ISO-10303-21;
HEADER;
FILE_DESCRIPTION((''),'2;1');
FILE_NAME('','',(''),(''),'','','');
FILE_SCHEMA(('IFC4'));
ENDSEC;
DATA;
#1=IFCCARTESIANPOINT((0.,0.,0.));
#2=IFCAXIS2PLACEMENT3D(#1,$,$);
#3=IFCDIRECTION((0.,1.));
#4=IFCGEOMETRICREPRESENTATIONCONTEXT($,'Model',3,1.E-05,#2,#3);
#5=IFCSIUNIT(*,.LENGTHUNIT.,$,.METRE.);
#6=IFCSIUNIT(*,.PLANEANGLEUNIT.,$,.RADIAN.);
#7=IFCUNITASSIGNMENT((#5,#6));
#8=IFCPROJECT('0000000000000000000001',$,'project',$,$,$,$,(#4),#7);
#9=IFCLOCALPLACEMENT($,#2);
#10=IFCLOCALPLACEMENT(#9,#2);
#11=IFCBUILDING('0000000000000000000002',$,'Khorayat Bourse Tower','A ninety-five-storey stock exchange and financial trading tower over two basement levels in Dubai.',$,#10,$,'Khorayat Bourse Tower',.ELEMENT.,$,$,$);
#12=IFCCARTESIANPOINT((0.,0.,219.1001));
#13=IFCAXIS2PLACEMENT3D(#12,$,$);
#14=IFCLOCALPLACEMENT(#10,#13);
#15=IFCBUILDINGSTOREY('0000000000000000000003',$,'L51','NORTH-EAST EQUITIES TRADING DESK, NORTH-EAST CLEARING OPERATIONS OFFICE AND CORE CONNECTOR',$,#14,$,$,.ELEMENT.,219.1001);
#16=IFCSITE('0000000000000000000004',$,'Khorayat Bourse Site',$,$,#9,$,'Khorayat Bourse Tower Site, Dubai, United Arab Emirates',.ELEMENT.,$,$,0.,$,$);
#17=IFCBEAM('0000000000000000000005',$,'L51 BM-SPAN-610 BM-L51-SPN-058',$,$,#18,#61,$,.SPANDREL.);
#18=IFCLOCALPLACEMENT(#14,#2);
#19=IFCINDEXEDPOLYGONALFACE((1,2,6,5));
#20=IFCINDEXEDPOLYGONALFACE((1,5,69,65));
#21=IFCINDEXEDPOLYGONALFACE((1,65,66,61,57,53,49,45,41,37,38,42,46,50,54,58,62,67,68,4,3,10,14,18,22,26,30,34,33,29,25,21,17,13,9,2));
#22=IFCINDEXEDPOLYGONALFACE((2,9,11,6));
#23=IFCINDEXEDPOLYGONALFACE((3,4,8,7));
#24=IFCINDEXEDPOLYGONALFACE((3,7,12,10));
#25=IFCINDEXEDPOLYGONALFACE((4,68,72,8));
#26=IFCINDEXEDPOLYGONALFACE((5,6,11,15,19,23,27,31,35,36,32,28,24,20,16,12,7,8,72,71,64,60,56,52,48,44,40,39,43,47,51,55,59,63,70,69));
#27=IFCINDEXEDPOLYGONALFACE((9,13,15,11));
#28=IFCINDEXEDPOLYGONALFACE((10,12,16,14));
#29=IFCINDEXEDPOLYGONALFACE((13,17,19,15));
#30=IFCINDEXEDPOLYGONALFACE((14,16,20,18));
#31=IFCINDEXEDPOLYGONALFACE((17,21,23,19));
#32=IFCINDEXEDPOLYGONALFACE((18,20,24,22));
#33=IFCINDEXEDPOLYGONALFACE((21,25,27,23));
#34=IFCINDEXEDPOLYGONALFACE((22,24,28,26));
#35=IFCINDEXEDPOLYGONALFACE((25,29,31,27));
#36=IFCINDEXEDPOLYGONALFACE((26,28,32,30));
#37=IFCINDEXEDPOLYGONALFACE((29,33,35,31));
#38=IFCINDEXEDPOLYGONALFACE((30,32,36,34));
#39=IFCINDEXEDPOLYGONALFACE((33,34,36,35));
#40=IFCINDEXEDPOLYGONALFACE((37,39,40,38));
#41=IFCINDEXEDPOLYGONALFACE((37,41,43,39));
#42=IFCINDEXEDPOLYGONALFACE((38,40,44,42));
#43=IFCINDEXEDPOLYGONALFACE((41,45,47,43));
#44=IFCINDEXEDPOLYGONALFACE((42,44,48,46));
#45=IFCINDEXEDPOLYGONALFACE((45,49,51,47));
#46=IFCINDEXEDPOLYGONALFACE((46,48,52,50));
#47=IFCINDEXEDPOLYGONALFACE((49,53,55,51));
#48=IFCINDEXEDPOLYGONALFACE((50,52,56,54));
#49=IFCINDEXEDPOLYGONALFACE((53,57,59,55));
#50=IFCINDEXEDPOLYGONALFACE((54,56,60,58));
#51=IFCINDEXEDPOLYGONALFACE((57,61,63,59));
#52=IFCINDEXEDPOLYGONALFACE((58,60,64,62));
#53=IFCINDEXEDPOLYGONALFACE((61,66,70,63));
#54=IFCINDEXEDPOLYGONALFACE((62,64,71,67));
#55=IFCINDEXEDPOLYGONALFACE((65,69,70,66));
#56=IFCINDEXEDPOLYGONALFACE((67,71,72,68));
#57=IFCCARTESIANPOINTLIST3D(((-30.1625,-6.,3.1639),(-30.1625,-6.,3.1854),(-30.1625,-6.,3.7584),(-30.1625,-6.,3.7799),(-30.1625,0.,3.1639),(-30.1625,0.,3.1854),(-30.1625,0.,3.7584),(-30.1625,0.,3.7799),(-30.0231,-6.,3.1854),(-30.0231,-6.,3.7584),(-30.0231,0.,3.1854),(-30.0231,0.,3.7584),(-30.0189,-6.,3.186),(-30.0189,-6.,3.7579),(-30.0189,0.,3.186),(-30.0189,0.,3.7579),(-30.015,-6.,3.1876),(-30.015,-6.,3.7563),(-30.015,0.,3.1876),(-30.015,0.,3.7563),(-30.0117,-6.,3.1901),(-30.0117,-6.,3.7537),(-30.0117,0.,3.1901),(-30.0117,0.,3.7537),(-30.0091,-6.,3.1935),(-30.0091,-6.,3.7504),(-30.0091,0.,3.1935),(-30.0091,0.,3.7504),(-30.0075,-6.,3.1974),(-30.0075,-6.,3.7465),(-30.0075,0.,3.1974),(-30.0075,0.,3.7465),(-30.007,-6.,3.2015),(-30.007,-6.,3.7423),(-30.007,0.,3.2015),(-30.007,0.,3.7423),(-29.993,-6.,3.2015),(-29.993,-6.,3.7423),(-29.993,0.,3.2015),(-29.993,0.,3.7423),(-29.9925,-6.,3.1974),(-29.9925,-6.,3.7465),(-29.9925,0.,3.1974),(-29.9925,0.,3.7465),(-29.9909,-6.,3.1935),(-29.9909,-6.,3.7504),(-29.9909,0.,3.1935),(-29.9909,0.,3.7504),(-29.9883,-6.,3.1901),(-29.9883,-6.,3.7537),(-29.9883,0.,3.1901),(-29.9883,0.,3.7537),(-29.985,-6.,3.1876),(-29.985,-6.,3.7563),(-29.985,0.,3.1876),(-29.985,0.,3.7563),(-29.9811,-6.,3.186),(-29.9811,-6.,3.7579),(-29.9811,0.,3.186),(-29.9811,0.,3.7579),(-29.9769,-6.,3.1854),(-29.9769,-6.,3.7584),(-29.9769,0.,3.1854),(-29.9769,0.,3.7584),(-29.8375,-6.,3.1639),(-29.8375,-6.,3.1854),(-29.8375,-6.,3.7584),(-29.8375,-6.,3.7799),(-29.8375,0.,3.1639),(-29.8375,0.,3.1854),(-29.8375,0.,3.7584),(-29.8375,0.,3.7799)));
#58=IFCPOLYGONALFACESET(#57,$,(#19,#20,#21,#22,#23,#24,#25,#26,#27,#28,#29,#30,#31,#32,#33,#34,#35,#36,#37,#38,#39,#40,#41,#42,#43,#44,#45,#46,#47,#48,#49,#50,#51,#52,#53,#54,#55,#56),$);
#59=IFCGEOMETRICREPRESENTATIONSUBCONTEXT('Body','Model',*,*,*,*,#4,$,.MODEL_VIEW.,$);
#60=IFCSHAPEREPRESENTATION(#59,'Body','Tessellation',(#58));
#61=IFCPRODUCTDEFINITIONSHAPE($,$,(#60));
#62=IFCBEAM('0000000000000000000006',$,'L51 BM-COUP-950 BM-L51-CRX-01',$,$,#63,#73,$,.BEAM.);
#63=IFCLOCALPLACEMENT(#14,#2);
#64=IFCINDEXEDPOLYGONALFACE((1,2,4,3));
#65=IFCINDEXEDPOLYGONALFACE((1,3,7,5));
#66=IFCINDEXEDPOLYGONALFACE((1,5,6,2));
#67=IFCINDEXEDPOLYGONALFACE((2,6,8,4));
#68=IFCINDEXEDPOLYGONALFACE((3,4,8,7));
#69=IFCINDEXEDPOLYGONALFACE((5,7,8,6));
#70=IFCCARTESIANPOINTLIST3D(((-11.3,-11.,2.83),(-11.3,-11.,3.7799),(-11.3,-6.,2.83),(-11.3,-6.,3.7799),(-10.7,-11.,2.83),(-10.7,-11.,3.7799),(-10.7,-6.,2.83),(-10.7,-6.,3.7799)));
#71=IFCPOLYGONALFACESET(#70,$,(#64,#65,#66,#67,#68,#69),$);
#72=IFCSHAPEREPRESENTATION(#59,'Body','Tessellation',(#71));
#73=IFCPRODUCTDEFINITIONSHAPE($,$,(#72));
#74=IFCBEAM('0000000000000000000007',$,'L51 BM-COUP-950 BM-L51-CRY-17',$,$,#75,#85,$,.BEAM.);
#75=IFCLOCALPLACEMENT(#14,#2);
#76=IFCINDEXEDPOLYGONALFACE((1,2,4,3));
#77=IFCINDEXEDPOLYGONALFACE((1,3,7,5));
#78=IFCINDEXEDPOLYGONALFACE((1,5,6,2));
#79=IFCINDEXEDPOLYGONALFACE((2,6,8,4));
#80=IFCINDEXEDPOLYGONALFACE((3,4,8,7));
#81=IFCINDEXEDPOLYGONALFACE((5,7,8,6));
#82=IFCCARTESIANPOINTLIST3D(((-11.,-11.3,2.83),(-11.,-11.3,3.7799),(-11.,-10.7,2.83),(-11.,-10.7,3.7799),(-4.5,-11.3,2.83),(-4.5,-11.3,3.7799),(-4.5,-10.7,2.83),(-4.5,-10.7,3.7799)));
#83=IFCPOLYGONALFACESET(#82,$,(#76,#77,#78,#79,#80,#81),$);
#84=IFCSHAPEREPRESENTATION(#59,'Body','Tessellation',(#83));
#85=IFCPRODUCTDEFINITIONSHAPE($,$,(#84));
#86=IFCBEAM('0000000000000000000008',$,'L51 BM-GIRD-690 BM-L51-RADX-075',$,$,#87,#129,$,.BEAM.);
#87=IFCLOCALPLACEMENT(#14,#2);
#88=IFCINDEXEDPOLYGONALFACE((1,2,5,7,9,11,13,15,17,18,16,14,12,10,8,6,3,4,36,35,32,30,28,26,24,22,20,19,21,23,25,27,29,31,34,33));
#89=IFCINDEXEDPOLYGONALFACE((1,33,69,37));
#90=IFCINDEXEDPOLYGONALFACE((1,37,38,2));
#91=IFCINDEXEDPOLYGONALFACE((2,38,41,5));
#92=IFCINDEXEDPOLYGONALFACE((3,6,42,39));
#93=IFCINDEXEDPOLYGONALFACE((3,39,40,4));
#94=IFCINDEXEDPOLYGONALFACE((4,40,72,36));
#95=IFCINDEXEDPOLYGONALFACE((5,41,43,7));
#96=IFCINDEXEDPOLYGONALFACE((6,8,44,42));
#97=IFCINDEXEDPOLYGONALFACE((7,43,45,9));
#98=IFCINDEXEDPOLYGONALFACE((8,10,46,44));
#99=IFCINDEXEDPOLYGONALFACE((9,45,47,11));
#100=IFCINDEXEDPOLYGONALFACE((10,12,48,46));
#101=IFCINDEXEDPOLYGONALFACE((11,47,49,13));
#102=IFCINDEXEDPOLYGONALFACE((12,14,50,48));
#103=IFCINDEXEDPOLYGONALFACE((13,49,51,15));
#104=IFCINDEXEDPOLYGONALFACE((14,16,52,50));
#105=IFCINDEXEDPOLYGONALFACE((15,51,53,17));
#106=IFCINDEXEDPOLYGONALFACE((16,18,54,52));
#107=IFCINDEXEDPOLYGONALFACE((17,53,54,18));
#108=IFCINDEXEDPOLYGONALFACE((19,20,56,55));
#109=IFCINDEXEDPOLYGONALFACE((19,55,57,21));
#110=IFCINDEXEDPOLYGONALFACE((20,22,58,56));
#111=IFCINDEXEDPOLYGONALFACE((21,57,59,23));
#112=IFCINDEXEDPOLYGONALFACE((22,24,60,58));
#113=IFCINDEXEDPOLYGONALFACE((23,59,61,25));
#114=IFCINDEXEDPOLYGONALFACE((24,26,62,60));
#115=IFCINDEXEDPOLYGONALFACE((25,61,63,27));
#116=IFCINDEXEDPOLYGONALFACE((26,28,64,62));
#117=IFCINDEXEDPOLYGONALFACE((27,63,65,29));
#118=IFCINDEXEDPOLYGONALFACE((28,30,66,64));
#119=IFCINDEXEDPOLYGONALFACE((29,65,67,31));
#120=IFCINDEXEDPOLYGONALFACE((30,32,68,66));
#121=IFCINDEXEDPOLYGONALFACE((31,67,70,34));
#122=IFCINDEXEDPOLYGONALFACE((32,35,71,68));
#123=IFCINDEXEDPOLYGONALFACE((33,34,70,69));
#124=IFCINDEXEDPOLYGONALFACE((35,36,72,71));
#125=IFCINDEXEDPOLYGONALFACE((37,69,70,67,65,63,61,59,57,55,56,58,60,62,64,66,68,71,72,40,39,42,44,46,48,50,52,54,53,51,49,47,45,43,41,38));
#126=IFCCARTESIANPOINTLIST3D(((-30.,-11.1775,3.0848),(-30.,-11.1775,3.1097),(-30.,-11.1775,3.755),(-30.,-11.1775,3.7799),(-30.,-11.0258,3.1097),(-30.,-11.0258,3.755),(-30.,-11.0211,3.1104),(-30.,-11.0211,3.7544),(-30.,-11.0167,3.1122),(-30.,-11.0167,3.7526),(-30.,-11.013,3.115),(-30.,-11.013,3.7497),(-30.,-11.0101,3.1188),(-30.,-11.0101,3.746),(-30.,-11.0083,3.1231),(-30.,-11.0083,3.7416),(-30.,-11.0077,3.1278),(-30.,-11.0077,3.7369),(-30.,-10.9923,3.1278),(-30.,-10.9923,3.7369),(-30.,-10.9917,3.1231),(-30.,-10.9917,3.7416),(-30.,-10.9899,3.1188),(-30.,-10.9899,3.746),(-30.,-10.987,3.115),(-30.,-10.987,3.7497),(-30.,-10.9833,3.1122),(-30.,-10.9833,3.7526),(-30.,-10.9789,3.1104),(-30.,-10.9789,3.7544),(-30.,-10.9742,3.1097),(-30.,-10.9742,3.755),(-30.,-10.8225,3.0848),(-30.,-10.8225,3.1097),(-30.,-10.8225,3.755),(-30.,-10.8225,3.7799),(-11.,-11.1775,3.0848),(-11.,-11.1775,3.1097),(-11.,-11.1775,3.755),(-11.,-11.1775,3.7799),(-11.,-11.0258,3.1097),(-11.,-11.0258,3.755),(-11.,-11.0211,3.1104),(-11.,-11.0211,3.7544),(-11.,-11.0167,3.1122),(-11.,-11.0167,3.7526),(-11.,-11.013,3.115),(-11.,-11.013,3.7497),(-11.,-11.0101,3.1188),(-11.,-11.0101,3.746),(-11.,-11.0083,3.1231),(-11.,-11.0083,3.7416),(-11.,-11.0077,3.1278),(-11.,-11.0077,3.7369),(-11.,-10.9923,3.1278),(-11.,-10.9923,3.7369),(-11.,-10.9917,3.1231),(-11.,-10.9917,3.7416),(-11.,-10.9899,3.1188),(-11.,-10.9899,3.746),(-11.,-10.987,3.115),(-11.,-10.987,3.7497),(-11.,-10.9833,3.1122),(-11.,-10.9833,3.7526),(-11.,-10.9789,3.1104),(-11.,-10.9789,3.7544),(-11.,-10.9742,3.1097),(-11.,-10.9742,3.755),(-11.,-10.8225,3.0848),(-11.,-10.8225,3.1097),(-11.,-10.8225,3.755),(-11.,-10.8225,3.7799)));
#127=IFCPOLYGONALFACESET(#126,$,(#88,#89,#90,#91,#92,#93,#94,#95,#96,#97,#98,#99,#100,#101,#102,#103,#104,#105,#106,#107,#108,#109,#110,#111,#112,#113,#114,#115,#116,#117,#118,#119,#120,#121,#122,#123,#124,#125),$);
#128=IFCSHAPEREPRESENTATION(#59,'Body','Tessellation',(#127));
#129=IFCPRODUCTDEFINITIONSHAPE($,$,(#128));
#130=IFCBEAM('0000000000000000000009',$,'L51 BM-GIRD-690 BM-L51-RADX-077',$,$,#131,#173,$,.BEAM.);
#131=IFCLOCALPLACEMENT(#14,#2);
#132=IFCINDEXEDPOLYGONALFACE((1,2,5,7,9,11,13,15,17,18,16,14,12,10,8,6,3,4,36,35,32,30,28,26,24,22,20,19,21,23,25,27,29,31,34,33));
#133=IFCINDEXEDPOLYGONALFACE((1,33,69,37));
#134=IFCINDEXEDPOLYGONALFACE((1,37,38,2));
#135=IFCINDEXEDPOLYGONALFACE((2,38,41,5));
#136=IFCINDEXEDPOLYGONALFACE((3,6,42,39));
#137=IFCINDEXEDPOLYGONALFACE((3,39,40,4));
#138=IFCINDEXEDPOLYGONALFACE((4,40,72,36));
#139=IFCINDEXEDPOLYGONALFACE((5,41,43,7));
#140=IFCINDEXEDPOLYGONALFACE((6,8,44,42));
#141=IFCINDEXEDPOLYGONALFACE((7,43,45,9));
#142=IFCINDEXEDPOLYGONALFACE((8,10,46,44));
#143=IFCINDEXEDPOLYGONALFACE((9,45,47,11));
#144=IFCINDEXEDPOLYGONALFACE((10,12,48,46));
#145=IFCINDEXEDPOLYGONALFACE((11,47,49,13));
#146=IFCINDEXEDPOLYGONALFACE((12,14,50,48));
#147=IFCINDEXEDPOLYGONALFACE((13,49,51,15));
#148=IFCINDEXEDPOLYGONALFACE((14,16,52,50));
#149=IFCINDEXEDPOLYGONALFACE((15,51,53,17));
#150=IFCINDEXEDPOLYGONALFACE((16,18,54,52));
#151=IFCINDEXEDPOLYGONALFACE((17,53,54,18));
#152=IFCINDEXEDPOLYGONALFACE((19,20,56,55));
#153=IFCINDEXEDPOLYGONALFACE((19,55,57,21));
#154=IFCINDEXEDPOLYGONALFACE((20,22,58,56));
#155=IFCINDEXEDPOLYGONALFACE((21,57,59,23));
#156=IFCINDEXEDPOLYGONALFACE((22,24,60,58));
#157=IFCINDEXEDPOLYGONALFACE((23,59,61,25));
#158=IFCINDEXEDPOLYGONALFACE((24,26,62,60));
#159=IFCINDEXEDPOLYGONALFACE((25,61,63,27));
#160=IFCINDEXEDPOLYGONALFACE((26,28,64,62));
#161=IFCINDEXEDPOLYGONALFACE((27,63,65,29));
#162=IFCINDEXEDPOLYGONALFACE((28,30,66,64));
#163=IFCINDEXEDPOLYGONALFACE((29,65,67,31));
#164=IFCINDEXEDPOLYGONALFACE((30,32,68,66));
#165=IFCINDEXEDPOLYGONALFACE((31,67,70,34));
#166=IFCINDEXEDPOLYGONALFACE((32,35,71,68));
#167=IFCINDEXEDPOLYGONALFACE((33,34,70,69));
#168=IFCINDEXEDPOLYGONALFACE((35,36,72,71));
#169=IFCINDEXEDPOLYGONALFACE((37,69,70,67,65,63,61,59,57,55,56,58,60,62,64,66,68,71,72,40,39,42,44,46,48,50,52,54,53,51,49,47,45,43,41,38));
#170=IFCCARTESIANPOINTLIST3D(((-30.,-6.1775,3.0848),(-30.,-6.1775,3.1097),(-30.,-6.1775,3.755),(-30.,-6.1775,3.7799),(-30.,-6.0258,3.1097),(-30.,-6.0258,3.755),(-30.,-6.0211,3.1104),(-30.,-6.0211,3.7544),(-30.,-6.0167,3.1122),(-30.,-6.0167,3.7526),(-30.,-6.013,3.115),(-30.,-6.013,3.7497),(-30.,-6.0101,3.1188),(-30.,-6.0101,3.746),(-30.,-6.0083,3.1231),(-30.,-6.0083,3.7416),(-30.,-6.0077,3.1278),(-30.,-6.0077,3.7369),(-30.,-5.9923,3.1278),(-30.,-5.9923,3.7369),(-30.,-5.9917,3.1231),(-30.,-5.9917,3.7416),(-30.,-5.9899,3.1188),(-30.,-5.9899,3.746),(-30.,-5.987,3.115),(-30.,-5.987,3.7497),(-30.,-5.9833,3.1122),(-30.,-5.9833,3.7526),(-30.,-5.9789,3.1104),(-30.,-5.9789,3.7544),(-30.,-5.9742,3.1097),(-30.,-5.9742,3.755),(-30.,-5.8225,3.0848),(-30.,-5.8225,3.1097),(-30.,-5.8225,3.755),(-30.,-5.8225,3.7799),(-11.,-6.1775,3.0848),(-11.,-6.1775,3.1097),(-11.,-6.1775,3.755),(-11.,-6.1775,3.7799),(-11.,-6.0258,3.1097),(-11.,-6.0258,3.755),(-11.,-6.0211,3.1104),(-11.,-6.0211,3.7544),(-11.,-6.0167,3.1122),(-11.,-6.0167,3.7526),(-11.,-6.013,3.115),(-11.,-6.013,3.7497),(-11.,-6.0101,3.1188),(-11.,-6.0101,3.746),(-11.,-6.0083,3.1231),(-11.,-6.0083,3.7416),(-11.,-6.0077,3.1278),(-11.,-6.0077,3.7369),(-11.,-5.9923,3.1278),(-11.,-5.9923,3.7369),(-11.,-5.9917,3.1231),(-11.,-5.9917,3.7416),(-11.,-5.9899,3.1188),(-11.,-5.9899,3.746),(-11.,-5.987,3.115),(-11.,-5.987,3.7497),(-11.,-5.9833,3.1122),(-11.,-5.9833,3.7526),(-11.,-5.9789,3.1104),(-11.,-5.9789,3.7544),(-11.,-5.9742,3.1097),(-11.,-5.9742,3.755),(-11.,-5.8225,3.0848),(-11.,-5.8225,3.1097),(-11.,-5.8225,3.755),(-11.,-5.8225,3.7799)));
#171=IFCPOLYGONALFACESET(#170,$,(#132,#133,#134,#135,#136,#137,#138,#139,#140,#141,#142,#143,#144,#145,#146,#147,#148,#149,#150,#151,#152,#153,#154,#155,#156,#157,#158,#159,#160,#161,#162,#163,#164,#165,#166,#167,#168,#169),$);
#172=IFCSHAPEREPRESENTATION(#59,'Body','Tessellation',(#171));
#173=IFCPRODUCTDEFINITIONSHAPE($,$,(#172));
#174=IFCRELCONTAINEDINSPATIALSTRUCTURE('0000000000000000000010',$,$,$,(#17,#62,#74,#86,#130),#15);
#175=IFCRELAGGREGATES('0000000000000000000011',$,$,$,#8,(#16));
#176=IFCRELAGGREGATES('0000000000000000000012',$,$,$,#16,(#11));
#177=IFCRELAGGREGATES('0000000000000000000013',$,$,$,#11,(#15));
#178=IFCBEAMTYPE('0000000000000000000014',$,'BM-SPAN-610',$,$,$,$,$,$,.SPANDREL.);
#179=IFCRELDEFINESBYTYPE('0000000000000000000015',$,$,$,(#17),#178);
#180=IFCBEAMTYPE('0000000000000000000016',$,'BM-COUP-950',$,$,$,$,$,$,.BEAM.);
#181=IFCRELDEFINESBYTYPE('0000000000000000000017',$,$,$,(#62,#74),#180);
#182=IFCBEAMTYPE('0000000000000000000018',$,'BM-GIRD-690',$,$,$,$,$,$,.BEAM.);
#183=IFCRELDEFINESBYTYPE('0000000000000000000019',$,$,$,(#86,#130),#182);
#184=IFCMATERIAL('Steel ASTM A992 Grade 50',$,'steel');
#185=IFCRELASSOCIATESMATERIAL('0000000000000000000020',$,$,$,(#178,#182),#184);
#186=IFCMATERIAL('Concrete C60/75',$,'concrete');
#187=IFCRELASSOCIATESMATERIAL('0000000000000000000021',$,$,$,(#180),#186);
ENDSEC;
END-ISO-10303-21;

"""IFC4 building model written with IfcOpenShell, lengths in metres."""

from ifc_helpers import new_model, si_unit, direction, frame, origin, origin_2d, place, context, subcontext, project, spatial, rectangle, i_section, extrude, source, transform, mapped, material, material_profile, profile_set, type_object, element, save


model = new_model("IFC4")

# Units and contexts
model_context = context("Model", 3, precision=1e-05, world=origin(), true_north=direction((0.0, 1.0)))
body_context = subcontext(model_context, "Body", "Model", "MODEL_VIEW")
ifc_project = project(units=[si_unit("LENGTHUNIT", "METRE"), si_unit("PLANEANGLEUNIT", "RADIAN")], contexts=[model_context])

# Site, building, storey
site_placement = place(None, origin())
site = spatial("IfcSite", under=ifc_project, at=site_placement, Name="Khorayat Bourse Site", LongName="Khorayat Bourse Tower Site, Dubai, United Arab Emirates", CompositionType="ELEMENT", RefElevation=0.0)
building_placement = place(site_placement, origin())
building = spatial("IfcBuilding", under=site, at=building_placement, Name="Khorayat Bourse Tower", Description="A ninety-five-storey stock exchange and financial trading tower over two basement levels in Dubai.", LongName="Khorayat Bourse Tower", CompositionType="ELEMENT")
storey_placement = place(building_placement, frame((0.0, 0.0, 219.1001)))
storey = spatial("IfcBuildingStorey", under=building, at=storey_placement, Name="L51", Description="NORTH-EAST EQUITIES TRADING DESK, NORTH-EAST CLEARING OPERATIONS OFFICE AND CORE CONNECTOR", CompositionType="ELEMENT", Elevation=219.1001)

# Shared definitions
ifc_material_1 = material(Name="Concrete C60/75", Category="concrete")

# Beams
ifc_material_2 = material(Name="Steel ASTM A992 Grade 50", Category="steel")
ifc_material_profile_1 = material_profile(ifc_material_2, i_section(OverallWidth=0.325, OverallDepth=0.616, WebThickness=0.0139, FlangeThickness=0.0215, FilletRadius=0.0161, at=origin_2d()), Name="W610X174")
ifc_profile_set_1 = profile_set([ifc_material_profile_1], Name="Steel ASTM A992 Grade 50")
beam_type_1 = type_object("IfcBeamType", Name="BM-SPAN-610", PredefinedType="SPANDREL", material=ifc_profile_set_1)
shared_shape_1 = source(origin(), body_context, "Body", "SweptSolid", [
    extrude(i_section(OverallWidth=0.325, OverallDepth=0.616, WebThickness=0.0139, FlangeThickness=0.0215, FilletRadius=0.0161, at=origin_2d()), origin(), (0.0, 0.0, 1.0), 6.0),
])
beam_1_placement = place(storey_placement, frame((-30.0, -6.0, 3.4719), z_axis=(0.0, 1.0, 0.0), x_axis=(-1.0, 0.0, 0.0)))
element("IfcBeam", 1, at=beam_1_placement, inside=storey, type_object=beam_type_1, Name="L51 BM-SPAN-610 BM-L51-SPN-058", PredefinedType="SPANDREL", context=body_context, shape_type="MappedRepresentation", body=[
    mapped(shared_shape_1, transform((0.0, 0.0, 0.0), scale=1.0)),
])
ifc_material_profile_2 = material_profile(ifc_material_1, rectangle(XDim=0.6001, YDim=0.95, at=origin_2d()), Name="RC 600x950")
ifc_profile_set_2 = profile_set([ifc_material_profile_2], Name="Concrete C60/75")
beam_type_2 = type_object("IfcBeamType", Name="BM-COUP-950", PredefinedType="BEAM", material=ifc_profile_set_2)
shared_shape_2 = source(origin(), body_context, "Body", "SweptSolid", [
    extrude(rectangle(XDim=0.6001, YDim=0.95, at=origin_2d()), origin(), (0.0, 0.0, 1.0), 5.0),
])
beam_2_placement = place(storey_placement, frame((-11.0, -11.0, 3.3049), z_axis=(0.0, 1.0, 0.0), x_axis=(-1.0, 0.0, 0.0)))
element("IfcBeam", 2, at=beam_2_placement, inside=storey, type_object=beam_type_2, Name="L51 BM-COUP-950 BM-L51-CRX-01", PredefinedType="BEAM", context=body_context, shape_type="MappedRepresentation", body=[
    mapped(shared_shape_2, transform((0.0, 0.0, 0.0), scale=1.0)),
])
shared_shape_3 = source(origin(), body_context, "Body", "SweptSolid", [
    extrude(rectangle(XDim=0.6001, YDim=0.95, at=origin_2d()), origin(), (0.0, 0.0, 1.0), 6.5),
])
beam_3_placement = place(storey_placement, frame((-11.0, -11.0, 3.3049), z_axis=(1.0, 0.0, 0.0), x_axis=(0.0, 1.0, 0.0)))
element("IfcBeam", 3, at=beam_3_placement, inside=storey, type_object=beam_type_2, Name="L51 BM-COUP-950 BM-L51-CRY-17", PredefinedType="BEAM", context=body_context, shape_type="MappedRepresentation", body=[
    mapped(shared_shape_3, transform((0.0, 0.0, 0.0), scale=1.0)),
])
ifc_material_profile_3 = material_profile(ifc_material_2, i_section(OverallWidth=0.355, OverallDepth=0.6951, WebThickness=0.0154, FlangeThickness=0.0249, FilletRadius=0.0181, at=origin_2d()), Name="W690X217")
ifc_profile_set_3 = profile_set([ifc_material_profile_3], Name="Steel ASTM A992 Grade 50")
beam_type_3 = type_object("IfcBeamType", Name="BM-GIRD-690", PredefinedType="BEAM", material=ifc_profile_set_3)
shared_shape_4 = source(origin(), body_context, "Body", "SweptSolid", [
    extrude(i_section(OverallWidth=0.355, OverallDepth=0.6951, WebThickness=0.0154, FlangeThickness=0.0249, FilletRadius=0.0181, at=origin_2d()), origin(), (0.0, 0.0, 1.0), 19.0),
])
for number, where, z_axis, x_axis, name in (
    (4, (-30.0, -11.0, 3.4324), (1.0, 0.0, 0.0), (0.0, 1.0, 0.0), "L51 BM-GIRD-690 BM-L51-RADX-075"),
    (5, (-30.0, -6.0, 3.4324), (1.0, 0.0, 0.0), (0.0, 1.0, 0.0), "L51 BM-GIRD-690 BM-L51-RADX-077"),
):
    element("IfcBeam", number, at=place(storey_placement, frame(where, z_axis=z_axis, x_axis=x_axis)), inside=storey, type_object=beam_type_3, Name=name, PredefinedType="BEAM", context=body_context, shape_type="MappedRepresentation", body=[
        mapped(shared_shape_4, transform((0.0, 0.0, 0.0), scale=1.0)),
    ])

save(model, "model.ifc")
